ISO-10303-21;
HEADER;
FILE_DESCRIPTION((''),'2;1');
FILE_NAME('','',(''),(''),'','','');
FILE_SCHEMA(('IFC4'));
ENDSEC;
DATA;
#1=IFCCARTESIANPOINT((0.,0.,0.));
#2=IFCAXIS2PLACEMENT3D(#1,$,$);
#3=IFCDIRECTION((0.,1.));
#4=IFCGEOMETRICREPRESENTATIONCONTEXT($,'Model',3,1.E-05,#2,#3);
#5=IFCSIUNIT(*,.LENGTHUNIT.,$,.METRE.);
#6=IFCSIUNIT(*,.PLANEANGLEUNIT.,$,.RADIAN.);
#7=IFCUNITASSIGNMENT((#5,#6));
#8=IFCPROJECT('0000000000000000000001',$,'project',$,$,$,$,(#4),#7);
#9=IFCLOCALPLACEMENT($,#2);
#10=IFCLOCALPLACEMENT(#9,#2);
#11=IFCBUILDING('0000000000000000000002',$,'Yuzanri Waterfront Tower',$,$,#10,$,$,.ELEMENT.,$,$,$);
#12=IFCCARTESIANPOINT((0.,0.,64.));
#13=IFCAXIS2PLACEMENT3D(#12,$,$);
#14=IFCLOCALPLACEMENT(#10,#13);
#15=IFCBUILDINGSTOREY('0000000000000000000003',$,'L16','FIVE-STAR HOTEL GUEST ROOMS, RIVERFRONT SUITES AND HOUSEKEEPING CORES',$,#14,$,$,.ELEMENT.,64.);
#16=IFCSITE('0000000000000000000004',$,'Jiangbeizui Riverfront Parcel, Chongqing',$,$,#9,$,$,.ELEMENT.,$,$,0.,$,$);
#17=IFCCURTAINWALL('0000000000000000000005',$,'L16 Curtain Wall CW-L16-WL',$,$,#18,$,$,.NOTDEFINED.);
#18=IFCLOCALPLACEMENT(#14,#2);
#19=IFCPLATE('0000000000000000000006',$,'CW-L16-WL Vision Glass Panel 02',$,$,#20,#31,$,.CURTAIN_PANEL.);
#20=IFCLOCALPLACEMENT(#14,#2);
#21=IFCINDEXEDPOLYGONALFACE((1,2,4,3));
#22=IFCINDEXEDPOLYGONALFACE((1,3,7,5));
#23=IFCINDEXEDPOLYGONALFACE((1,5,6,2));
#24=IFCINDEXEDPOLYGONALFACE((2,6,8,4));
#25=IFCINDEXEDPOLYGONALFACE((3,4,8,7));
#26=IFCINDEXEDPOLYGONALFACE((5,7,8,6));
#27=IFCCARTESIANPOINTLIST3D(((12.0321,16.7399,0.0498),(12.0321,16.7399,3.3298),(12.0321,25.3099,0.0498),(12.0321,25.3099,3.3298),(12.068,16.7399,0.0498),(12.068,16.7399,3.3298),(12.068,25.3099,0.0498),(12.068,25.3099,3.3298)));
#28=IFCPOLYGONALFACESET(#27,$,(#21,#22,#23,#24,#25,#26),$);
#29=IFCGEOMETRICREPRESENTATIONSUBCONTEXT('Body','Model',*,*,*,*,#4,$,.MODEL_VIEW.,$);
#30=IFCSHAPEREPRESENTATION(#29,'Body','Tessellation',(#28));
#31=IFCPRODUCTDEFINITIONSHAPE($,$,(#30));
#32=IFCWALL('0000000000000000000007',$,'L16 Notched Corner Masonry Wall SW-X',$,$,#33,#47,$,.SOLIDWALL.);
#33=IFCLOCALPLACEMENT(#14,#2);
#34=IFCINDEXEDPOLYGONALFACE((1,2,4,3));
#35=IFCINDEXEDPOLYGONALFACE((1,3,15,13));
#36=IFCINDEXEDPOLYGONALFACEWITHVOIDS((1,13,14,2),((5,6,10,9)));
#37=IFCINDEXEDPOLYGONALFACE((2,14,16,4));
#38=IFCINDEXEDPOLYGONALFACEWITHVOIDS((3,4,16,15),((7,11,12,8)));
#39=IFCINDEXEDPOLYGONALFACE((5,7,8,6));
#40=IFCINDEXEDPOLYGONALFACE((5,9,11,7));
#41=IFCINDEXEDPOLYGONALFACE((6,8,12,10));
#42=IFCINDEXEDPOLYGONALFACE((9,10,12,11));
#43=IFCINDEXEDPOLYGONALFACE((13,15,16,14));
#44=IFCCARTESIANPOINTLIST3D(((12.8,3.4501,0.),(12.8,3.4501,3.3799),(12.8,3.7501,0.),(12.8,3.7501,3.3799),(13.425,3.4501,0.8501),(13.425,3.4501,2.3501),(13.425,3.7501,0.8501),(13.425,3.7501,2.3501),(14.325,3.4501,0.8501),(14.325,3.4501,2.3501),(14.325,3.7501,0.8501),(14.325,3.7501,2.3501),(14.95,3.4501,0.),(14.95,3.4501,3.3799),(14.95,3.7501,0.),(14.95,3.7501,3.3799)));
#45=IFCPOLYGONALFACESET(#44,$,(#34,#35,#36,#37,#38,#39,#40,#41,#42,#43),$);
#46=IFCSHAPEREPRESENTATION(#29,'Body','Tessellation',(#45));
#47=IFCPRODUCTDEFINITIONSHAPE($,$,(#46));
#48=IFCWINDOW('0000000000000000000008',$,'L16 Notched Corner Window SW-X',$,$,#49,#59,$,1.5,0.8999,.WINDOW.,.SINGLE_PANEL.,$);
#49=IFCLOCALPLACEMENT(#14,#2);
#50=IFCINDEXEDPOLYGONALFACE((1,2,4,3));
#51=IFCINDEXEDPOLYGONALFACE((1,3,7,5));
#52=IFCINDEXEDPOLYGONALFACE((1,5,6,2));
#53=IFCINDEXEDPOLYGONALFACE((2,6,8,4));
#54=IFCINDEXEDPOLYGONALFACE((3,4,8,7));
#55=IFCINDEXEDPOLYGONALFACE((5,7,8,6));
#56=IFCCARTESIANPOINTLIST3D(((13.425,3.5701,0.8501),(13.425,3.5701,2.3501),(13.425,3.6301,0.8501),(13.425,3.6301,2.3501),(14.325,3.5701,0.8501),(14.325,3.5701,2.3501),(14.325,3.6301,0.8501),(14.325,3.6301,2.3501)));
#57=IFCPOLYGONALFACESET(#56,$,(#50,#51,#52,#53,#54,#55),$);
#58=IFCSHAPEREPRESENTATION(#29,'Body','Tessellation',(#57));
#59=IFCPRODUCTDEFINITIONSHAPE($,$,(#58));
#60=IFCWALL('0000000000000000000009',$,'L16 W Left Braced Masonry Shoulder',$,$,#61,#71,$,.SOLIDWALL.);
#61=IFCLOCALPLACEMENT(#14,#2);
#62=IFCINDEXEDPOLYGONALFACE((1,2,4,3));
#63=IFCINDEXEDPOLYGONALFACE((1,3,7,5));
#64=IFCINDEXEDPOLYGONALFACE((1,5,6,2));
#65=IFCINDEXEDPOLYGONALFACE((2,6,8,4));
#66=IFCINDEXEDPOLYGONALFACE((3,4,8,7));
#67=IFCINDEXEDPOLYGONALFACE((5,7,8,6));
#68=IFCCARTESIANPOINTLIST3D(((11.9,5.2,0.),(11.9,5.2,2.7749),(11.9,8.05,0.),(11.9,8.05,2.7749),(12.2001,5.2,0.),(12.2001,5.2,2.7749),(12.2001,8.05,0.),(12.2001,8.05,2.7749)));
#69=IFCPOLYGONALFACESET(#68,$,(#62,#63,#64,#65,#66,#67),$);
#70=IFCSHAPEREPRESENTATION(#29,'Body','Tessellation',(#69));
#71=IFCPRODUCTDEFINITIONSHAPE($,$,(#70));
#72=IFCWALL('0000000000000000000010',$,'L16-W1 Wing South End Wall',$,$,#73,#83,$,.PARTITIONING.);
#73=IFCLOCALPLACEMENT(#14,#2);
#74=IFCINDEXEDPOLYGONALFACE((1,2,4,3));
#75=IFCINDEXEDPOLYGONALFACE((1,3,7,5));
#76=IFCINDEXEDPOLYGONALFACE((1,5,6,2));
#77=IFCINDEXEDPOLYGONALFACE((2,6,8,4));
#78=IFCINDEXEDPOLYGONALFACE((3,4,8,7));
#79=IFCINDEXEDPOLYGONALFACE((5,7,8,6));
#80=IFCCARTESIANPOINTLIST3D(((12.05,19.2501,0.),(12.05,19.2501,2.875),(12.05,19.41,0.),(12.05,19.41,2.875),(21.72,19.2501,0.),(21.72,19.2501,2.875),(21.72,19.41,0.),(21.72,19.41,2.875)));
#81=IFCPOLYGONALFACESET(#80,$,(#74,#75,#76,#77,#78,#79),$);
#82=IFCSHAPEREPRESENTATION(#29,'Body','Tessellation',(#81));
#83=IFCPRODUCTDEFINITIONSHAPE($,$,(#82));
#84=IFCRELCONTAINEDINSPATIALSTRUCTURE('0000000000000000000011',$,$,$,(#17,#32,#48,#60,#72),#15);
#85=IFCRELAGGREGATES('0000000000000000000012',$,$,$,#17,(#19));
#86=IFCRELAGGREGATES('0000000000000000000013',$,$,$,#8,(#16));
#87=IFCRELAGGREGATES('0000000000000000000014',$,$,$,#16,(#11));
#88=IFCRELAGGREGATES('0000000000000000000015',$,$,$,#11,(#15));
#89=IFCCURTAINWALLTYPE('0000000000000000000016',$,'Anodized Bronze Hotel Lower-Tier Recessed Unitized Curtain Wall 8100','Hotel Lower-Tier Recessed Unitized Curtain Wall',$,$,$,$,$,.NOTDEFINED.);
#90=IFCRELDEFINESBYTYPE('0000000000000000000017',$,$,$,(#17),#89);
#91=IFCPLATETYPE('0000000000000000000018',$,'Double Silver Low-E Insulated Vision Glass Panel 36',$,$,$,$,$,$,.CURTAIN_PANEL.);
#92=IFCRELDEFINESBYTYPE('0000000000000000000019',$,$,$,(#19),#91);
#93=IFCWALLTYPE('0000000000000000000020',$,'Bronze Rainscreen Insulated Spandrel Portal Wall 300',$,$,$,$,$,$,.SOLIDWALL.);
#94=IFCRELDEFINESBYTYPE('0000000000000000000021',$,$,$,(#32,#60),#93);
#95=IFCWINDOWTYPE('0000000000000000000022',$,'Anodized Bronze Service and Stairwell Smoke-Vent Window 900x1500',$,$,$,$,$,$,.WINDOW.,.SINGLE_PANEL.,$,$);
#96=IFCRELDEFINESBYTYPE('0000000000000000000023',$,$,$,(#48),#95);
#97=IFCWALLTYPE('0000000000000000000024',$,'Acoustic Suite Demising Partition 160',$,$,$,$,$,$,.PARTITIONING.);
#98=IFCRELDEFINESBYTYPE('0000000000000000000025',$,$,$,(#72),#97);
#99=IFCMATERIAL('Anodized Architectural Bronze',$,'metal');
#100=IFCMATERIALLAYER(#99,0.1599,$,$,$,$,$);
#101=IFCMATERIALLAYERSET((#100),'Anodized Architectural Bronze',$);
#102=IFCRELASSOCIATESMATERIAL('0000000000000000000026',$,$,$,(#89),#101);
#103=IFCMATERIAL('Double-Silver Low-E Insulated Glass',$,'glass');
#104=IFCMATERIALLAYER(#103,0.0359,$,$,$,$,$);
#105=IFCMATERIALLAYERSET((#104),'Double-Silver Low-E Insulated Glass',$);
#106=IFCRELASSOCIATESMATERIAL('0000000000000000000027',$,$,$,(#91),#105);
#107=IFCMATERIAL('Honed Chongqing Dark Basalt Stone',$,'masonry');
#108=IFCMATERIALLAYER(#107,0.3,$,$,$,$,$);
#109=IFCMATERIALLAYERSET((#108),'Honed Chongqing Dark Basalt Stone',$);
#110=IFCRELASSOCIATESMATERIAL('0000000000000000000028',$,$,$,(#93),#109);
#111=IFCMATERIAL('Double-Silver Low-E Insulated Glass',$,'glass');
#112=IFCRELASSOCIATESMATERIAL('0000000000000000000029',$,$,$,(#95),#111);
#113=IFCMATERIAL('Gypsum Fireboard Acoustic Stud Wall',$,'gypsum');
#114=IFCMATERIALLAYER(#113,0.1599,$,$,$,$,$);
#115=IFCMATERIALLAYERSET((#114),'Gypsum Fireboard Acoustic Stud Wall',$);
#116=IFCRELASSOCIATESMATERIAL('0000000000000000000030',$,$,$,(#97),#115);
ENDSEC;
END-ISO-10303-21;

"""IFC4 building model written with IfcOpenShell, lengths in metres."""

from ifc_helpers import new_model, si_unit, direction, frame, frame_2d, origin, origin_2d, place, context, subcontext, project, spatial, rectangle, extrude, source, transform, mapped, material, layer, layer_set, type_object, element, fill, aggregate, save


model = new_model("IFC4")

# Units and contexts
model_context = context("Model", 3, precision=1e-05, world=origin(), true_north=direction((0.0, 1.0)))
body_context = subcontext(model_context, "Body", "Model", "MODEL_VIEW")
ifc_project = project(units=[si_unit("LENGTHUNIT", "METRE"), si_unit("PLANEANGLEUNIT", "RADIAN")], contexts=[model_context])

# Site, building, storey
site_placement = place(None, origin())
site = spatial("IfcSite", under=ifc_project, at=site_placement, Name="Jiangbeizui Riverfront Parcel, Chongqing", CompositionType="ELEMENT", RefElevation=0.0)
building_placement = place(site_placement, origin())
building = spatial("IfcBuilding", under=site, at=building_placement, Name="Yuzanri Waterfront Tower", CompositionType="ELEMENT")
storey_placement = place(building_placement, frame((0.0, 0.0, 64.0)))
storey = spatial("IfcBuildingStorey", under=building, at=storey_placement, Name="L16", Description="FIVE-STAR HOTEL GUEST ROOMS, RIVERFRONT SUITES AND HOUSEKEEPING CORES", CompositionType="ELEMENT", Elevation=64.0)

# Curtain wall
ifc_material_1 = material(Name="Anodized Architectural Bronze", Category="metal")
ifc_layer_1 = layer(ifc_material_1, 0.1599)
ifc_layer_set_1 = layer_set([ifc_layer_1], Name="Anodized Architectural Bronze")
curtain_wall_type = type_object("IfcCurtainWallType", Name="Anodized Bronze Hotel Lower-Tier Recessed Unitized Curtain Wall 8100", Description="Hotel Lower-Tier Recessed Unitized Curtain Wall", PredefinedType="NOTDEFINED", material=ifc_layer_set_1)
curtain_wall_placement = place(storey_placement, origin())
curtain_wall = element("IfcCurtainWall", 1, at=curtain_wall_placement, inside=storey, type_object=curtain_wall_type, Name="L16 Curtain Wall CW-L16-WL", PredefinedType="NOTDEFINED")

# Plate
ifc_material_2 = material(Name="Double-Silver Low-E Insulated Glass", Category="glass")
ifc_layer_2 = layer(ifc_material_2, 0.0359)
ifc_layer_set_2 = layer_set([ifc_layer_2], Name="Double-Silver Low-E Insulated Glass")
plate_type_1 = type_object("IfcPlateType", Name="Double Silver Low-E Insulated Vision Glass Panel 36", PredefinedType="CURTAIN_PANEL", material=ifc_layer_set_2)
shared_shape_1 = source(origin(), body_context, "Body", "SweptSolid", [
    extrude(rectangle(XDim=8.5701, YDim=0.0359, at=origin_2d()), origin(), (0.0, 0.0, 1.0), 3.28),
])
plate_1_placement = place(storey_placement, frame((12.05, 21.0249, 0.0498), z_axis=(0.0, 0.0, 1.0), x_axis=(0.0, 1.0, 0.0)))
plate_1 = element("IfcPlate", 2, at=plate_1_placement, type_object=plate_type_1, Name="CW-L16-WL Vision Glass Panel 02", PredefinedType="CURTAIN_PANEL", context=body_context, shape_type="MappedRepresentation", body=[
    mapped(shared_shape_1, transform((0.0, 0.0, 0.0), scale=1.0)),
])
aggregate(curtain_wall, [plate_1])

# Wall, opening, window
ifc_material_3 = material(Name="Honed Chongqing Dark Basalt Stone", Category="masonry")
ifc_layer_3 = layer(ifc_material_3, 0.3)
ifc_layer_set_3 = layer_set([ifc_layer_3], Name="Honed Chongqing Dark Basalt Stone")
wall_type_1 = type_object("IfcWallType", Name="Bronze Rainscreen Insulated Spandrel Portal Wall 300", PredefinedType="SOLIDWALL", material=ifc_layer_set_3)
wall_1_placement = place(storey_placement, frame((12.8, 3.6001, 0.0), z_axis=(0.0, 0.0, 1.0), x_axis=(1.0, 0.0, 0.0)))
wall_1 = element("IfcWall", 3, at=wall_1_placement, inside=storey, type_object=wall_type_1, Name="L16 Notched Corner Masonry Wall SW-X", PredefinedType="SOLIDWALL", context=body_context, shape_type="SweptSolid", body=[
    extrude(rectangle(XDim=2.1499, YDim=0.3, at=frame_2d((1.075, 0.0))), origin(), (0.0, 0.0, 1.0), 3.3799),
])
opening_placement = place(wall_1_placement, frame((0.625, 0.0, 0.8501)))
opening = element("IfcOpeningElement", 4, at=opening_placement, cuts=wall_1, PredefinedType="OPENING", context=body_context, shape_type="SweptSolid", body=[
    extrude(rectangle(XDim=0.8999, YDim=1.5, at=frame_2d((0.45, 0.75))), frame((0.0, 0.165, 0.0), z_axis=(0.0, -1.0, 0.0), x_axis=(1.0, 0.0, 0.0)), (0.0, 0.0, 1.0), 0.3298),
])
ifc_material_4 = material(Name="Double-Silver Low-E Insulated Glass", Category="glass")
window_type = type_object("IfcWindowType", Name="Anodized Bronze Service and Stairwell Smoke-Vent Window 900x1500", PartitioningType="SINGLE_PANEL", PredefinedType="WINDOW", material=ifc_material_4)
shared_shape_2 = source(origin(), body_context, "Body", "SweptSolid", [
    extrude(rectangle(XDim=0.8999, YDim=1.5, at=frame_2d((0.45, 0.75))), frame((0.0, 0.03, 0.0), z_axis=(0.0, -1.0, 0.0), x_axis=(1.0, 0.0, 0.0)), (0.0, 0.0, 1.0), 0.0601),
])
window_placement = place(opening_placement, origin())
window = element("IfcWindow", 5, at=window_placement, inside=storey, type_object=window_type, Name="L16 Notched Corner Window SW-X", OverallHeight=1.5, OverallWidth=0.8999, PartitioningType="SINGLE_PANEL", PredefinedType="WINDOW", context=body_context, shape_type="MappedRepresentation", body=[
    mapped(shared_shape_2, transform((0.0, 0.0, 0.0), scale=1.0)),
])
fill(opening, window)

# Walls
shared_shape_3 = source(origin(), body_context, "Body", "SweptSolid", [
    extrude(rectangle(XDim=2.8501, YDim=0.3, at=frame_2d((1.425, 0.0))), origin(), (0.0, 0.0, 1.0), 2.7749),
])
wall_2_placement = place(storey_placement, frame((12.05, 5.2, 0.0), z_axis=(0.0, 0.0, 1.0), x_axis=(0.0, 1.0, 0.0)))
element("IfcWall", 6, at=wall_2_placement, inside=storey, type_object=wall_type_1, Name="L16 W Left Braced Masonry Shoulder", PredefinedType="SOLIDWALL", context=body_context, shape_type="MappedRepresentation", body=[
    mapped(shared_shape_3, transform((0.0, 0.0, 0.0), scale=1.0)),
])
ifc_material_5 = material(Name="Gypsum Fireboard Acoustic Stud Wall", Category="gypsum")
ifc_layer_4 = layer(ifc_material_5, 0.1599)
ifc_layer_set_4 = layer_set([ifc_layer_4], Name="Gypsum Fireboard Acoustic Stud Wall")
wall_type_2 = type_object("IfcWallType", Name="Acoustic Suite Demising Partition 160", PredefinedType="PARTITIONING", material=ifc_layer_set_4)
shared_shape_4 = source(origin(), body_context, "Body", "SweptSolid", [
    extrude(rectangle(XDim=9.6699, YDim=0.1599, at=frame_2d((4.835, 0.0))), origin(), (0.0, 0.0, 1.0), 2.875),
])
wall_3_placement = place(storey_placement, frame((12.05, 19.3301, 0.0), z_axis=(0.0, 0.0, 1.0), x_axis=(1.0, 0.0, 0.0)))
element("IfcWall", 7, at=wall_3_placement, inside=storey, type_object=wall_type_2, Name="L16-W1 Wing South End Wall", PredefinedType="PARTITIONING", context=body_context, shape_type="MappedRepresentation", body=[
    mapped(shared_shape_4, transform((0.0, 0.0, 0.0), scale=1.0)),
])

save(model, "model.ifc")
